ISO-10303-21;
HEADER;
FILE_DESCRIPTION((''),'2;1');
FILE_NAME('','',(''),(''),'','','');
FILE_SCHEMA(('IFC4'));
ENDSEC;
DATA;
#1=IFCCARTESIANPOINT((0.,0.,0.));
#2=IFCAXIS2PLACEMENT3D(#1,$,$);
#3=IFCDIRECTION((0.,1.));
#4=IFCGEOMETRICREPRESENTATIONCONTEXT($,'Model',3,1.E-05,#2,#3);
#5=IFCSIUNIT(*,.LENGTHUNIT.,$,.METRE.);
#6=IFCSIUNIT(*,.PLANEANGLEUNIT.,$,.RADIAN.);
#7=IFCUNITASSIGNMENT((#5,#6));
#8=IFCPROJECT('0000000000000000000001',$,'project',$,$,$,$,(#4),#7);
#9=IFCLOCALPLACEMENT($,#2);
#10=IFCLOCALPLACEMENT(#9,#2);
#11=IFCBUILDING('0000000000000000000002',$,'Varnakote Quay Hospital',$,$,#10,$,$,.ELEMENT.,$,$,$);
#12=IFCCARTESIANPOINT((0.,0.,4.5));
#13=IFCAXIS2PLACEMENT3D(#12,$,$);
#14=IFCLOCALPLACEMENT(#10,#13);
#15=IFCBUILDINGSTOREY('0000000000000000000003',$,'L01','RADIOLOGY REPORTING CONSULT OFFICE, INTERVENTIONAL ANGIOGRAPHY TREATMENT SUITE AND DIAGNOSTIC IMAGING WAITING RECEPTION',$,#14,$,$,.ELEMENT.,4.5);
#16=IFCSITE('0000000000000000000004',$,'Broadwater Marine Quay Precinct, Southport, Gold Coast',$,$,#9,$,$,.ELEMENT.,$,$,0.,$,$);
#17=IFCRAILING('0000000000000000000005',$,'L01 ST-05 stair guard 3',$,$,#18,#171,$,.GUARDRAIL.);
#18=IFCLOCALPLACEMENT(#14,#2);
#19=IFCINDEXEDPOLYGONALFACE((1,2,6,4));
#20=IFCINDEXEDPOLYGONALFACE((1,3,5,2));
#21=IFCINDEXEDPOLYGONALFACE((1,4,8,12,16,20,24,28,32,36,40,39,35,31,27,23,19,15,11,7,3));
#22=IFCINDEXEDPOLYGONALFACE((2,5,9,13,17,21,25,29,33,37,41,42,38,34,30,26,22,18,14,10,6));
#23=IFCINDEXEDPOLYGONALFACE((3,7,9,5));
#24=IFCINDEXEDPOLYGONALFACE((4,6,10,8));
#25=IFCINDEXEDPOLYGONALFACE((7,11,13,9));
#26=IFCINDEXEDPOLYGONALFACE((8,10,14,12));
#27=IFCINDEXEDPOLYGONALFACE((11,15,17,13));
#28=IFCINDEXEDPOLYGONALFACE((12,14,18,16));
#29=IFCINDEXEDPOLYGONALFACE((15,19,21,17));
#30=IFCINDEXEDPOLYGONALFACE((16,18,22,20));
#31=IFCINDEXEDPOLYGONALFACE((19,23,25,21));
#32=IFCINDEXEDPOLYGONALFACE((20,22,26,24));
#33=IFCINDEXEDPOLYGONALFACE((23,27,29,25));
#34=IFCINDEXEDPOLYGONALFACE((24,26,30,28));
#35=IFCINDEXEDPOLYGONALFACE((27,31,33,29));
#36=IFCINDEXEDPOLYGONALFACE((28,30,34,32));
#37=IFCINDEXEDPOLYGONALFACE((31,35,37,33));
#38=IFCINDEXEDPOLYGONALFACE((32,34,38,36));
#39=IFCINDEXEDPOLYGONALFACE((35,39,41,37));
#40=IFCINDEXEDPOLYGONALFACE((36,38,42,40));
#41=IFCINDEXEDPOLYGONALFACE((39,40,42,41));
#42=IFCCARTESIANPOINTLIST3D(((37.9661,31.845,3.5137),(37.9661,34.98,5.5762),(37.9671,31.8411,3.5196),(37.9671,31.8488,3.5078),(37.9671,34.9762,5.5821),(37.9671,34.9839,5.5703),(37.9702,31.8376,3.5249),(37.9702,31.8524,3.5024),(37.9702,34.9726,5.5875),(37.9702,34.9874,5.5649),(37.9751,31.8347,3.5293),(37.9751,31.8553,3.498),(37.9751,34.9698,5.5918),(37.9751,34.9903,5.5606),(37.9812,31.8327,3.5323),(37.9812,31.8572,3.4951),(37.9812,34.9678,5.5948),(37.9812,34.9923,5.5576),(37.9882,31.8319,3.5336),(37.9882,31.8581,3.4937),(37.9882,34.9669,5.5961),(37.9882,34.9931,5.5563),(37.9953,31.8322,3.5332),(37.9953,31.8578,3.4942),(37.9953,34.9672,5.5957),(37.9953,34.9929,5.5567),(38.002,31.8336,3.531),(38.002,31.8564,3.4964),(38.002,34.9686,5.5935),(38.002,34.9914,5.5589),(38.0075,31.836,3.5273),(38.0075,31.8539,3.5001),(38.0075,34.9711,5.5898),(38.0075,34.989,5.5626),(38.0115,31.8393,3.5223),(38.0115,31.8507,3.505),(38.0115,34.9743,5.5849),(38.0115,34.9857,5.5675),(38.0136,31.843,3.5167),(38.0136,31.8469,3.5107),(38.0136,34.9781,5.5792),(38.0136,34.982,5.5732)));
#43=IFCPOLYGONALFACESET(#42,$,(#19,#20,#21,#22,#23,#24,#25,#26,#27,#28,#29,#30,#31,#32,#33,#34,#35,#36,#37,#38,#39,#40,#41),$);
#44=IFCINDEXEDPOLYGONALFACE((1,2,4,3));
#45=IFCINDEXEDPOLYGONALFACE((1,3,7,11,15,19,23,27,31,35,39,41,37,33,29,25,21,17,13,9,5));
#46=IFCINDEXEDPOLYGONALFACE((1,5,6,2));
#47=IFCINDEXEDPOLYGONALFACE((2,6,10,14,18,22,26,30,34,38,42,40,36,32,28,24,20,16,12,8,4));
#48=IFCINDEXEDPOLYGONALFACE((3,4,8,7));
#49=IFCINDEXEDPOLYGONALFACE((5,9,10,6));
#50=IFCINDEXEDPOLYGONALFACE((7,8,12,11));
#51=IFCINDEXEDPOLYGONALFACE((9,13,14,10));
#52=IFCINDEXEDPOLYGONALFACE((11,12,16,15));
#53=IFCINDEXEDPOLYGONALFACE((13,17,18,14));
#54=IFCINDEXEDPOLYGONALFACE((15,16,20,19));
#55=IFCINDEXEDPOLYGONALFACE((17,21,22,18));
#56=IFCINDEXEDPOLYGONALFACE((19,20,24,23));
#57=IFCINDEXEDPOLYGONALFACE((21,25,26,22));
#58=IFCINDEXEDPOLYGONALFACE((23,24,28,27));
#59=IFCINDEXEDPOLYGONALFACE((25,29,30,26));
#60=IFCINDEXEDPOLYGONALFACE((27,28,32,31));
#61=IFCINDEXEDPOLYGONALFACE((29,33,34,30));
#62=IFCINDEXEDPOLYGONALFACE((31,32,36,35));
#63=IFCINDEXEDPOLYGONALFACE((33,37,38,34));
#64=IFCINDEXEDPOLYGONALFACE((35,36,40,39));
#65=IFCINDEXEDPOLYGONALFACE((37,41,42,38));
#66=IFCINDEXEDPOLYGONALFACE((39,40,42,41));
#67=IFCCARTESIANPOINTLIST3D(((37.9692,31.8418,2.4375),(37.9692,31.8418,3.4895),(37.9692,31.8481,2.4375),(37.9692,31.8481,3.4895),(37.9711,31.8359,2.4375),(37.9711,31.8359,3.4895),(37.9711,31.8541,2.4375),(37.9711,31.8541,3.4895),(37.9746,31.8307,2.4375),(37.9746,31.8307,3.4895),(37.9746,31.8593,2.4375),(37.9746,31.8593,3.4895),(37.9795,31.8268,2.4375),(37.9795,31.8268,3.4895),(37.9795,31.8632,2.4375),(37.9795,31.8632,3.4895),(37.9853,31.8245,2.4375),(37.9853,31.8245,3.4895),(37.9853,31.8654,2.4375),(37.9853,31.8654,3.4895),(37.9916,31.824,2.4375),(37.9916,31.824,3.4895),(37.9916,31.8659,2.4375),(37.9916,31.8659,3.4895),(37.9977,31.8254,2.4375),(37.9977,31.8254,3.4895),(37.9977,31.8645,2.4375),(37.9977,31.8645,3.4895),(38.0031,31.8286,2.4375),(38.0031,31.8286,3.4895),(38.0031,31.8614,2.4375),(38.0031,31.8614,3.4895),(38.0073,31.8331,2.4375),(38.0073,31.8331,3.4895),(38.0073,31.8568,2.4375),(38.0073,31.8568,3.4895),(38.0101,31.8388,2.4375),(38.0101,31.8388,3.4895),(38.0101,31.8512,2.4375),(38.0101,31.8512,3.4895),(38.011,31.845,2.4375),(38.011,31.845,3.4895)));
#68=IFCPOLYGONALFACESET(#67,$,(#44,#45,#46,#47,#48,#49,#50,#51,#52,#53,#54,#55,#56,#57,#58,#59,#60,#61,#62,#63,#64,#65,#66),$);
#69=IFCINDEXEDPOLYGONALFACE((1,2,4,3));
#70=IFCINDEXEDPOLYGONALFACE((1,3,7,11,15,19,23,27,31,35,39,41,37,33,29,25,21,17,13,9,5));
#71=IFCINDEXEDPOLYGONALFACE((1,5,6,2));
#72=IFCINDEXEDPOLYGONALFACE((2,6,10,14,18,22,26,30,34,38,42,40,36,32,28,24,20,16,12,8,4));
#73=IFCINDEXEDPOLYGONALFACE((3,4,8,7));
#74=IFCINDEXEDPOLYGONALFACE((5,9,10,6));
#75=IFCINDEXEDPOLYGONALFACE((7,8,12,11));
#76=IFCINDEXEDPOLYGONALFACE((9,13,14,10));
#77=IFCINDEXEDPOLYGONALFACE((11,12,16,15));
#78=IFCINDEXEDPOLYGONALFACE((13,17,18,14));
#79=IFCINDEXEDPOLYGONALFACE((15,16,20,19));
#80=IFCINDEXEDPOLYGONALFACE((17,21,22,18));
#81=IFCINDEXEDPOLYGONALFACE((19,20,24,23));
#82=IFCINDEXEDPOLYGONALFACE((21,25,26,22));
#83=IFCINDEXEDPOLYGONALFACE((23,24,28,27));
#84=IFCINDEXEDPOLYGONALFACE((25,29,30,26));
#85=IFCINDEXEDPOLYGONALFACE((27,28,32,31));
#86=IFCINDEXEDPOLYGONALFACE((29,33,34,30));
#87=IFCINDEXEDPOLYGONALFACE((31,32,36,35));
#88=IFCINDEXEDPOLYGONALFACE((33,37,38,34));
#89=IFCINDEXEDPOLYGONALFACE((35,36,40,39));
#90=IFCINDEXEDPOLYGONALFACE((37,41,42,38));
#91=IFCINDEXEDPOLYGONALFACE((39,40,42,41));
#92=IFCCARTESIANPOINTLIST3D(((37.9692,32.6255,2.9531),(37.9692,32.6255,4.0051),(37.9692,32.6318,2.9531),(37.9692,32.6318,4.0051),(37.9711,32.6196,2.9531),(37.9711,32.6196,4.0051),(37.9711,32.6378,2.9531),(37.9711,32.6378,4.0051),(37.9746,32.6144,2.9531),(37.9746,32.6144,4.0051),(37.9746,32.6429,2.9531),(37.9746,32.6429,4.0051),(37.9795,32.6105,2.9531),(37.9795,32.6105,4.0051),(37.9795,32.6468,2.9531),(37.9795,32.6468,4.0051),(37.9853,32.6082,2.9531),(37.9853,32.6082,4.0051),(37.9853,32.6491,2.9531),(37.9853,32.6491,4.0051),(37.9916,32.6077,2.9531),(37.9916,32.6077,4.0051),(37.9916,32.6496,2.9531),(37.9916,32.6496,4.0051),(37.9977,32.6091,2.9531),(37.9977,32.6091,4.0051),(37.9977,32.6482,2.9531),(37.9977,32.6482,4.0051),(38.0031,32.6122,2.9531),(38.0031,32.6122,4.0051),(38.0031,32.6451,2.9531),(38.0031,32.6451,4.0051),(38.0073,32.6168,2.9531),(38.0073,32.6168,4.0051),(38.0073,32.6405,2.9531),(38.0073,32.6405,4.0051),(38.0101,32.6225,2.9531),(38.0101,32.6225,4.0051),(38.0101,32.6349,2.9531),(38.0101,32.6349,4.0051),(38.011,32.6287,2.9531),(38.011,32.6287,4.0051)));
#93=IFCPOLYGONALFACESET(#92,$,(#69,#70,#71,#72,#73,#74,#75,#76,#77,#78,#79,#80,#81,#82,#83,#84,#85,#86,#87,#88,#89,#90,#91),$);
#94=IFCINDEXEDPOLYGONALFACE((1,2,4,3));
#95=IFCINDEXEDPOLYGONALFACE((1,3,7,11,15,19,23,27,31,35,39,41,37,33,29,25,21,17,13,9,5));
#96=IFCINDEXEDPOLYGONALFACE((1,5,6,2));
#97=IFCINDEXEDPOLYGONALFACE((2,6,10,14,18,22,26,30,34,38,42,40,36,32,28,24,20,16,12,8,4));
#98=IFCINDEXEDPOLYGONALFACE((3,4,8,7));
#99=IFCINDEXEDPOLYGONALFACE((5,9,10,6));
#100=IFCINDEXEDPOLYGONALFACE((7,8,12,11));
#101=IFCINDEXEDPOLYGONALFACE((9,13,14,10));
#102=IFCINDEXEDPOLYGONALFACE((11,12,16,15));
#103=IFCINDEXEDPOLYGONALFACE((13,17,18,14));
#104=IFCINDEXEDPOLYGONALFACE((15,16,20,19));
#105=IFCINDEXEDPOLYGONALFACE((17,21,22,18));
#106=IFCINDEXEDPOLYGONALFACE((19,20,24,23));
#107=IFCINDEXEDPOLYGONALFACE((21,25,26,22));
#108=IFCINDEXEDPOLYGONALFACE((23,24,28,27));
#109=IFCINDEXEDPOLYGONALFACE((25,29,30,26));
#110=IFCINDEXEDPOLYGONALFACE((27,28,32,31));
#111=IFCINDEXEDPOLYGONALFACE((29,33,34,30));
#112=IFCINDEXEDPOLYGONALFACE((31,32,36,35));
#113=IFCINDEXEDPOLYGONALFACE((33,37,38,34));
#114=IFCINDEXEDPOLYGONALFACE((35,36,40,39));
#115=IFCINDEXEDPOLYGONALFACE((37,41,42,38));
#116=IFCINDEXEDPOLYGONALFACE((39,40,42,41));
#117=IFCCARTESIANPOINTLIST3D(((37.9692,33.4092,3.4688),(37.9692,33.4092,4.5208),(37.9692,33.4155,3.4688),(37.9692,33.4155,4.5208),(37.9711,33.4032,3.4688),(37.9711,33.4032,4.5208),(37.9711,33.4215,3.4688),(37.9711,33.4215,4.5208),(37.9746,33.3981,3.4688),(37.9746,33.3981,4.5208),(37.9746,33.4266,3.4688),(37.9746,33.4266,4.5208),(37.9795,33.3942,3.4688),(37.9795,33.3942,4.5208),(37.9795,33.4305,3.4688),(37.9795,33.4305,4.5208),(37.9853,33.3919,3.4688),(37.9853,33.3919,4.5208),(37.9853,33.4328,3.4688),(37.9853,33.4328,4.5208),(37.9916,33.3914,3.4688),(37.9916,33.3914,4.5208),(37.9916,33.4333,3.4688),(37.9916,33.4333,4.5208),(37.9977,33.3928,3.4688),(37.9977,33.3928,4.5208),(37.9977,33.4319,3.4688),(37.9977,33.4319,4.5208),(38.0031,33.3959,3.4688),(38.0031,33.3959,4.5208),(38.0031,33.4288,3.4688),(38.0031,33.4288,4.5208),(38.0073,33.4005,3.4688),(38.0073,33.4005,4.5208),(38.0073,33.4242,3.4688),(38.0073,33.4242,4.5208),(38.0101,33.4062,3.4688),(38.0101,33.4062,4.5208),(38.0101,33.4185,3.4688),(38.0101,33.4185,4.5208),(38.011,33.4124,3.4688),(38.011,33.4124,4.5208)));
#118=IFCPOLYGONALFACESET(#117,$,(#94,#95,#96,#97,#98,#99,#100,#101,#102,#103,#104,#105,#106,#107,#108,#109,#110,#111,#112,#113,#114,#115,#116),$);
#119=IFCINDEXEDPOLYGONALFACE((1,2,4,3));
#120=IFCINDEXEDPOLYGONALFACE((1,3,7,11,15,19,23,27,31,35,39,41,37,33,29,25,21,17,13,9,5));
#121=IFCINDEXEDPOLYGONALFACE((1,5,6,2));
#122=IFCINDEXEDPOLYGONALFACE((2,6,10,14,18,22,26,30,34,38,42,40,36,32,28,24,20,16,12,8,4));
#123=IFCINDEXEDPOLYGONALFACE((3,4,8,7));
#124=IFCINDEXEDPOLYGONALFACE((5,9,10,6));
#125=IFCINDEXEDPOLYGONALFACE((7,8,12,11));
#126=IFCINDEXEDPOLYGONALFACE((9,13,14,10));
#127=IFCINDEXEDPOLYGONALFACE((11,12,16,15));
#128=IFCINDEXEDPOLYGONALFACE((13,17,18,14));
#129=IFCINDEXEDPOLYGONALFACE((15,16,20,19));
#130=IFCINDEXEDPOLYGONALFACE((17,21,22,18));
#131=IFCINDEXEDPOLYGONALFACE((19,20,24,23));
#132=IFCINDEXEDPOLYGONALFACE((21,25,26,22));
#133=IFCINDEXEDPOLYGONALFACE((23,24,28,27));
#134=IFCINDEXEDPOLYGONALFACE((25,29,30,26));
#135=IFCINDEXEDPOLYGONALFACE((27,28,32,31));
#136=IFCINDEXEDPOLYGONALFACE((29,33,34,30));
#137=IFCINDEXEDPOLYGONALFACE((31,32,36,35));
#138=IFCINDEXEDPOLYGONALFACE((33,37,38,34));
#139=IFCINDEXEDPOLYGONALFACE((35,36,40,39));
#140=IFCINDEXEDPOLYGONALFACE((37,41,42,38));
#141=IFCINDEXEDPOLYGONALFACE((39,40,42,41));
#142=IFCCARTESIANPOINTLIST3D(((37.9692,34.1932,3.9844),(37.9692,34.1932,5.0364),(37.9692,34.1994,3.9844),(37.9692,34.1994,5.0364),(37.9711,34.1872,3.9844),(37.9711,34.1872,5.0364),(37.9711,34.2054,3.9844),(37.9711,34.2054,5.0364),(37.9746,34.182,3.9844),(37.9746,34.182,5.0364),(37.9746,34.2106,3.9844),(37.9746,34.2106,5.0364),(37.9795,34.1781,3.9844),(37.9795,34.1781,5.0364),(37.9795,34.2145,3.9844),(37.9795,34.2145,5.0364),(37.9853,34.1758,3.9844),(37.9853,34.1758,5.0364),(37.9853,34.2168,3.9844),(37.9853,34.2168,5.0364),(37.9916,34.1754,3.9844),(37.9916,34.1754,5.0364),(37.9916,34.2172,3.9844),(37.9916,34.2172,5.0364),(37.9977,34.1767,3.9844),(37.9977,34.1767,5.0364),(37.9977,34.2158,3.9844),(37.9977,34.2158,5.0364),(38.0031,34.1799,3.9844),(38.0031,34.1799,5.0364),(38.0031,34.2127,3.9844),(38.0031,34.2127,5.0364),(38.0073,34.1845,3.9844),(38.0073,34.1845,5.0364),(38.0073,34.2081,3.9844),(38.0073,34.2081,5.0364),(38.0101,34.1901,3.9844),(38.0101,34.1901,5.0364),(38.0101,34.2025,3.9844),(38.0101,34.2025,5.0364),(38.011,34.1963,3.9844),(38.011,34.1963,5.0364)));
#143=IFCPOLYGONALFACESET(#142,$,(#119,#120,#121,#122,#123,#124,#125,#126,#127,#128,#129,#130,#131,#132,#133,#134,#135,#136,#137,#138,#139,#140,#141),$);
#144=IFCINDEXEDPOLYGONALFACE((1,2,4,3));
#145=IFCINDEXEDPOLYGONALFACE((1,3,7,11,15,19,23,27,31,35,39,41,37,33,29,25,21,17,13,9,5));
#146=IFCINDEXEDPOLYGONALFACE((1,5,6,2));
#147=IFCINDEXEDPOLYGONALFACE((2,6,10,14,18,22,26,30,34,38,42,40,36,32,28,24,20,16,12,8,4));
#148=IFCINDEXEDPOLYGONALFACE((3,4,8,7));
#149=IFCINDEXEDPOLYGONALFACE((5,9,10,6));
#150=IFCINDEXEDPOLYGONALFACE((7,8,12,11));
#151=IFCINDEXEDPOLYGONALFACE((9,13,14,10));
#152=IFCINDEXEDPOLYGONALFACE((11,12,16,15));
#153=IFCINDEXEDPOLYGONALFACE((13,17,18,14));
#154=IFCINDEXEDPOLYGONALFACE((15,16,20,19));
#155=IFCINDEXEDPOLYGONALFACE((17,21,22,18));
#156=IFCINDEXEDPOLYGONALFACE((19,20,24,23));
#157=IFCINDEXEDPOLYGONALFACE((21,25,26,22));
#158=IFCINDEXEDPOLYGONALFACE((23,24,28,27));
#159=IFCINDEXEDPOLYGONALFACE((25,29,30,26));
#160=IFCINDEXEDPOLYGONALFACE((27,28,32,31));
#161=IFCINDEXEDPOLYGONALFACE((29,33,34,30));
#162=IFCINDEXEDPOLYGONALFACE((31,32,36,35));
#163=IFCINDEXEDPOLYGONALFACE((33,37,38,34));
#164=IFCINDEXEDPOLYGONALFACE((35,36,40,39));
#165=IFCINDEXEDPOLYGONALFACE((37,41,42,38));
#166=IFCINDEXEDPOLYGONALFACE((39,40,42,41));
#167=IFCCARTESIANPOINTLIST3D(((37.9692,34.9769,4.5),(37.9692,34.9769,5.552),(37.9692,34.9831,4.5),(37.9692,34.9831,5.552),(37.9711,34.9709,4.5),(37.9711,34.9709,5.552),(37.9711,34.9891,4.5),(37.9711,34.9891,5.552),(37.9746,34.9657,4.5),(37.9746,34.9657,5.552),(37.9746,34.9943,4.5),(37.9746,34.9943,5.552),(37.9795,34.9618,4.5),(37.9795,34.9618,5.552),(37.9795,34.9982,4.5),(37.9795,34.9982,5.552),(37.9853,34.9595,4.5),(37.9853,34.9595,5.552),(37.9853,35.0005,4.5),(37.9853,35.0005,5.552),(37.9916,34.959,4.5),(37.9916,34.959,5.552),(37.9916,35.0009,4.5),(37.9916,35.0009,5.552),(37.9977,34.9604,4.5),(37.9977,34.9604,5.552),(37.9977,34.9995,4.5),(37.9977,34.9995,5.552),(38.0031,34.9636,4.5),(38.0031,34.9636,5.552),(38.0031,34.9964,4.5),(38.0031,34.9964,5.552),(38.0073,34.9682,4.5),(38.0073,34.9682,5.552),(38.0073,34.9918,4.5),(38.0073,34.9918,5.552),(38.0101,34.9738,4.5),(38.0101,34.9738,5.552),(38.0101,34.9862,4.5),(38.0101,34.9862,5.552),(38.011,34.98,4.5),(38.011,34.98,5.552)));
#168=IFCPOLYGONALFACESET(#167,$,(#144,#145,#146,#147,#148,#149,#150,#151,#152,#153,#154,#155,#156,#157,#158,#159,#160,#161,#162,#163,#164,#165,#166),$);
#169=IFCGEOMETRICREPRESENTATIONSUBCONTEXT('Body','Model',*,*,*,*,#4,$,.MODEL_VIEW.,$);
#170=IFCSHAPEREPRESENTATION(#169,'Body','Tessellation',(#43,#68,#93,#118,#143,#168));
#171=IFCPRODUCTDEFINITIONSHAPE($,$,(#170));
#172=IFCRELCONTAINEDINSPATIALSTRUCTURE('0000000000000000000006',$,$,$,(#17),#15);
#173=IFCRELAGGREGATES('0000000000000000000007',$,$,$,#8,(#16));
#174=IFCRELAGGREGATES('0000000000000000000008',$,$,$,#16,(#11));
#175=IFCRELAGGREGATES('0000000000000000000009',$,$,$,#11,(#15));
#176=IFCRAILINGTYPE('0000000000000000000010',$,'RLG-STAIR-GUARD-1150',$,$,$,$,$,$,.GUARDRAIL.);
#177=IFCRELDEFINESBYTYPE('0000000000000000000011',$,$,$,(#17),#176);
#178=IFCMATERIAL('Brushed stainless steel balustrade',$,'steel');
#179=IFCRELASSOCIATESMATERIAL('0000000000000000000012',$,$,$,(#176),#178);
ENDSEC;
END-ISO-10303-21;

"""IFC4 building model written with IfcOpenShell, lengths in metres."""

from ifc_helpers import new_model, si_unit, direction, frame, origin, origin_2d, place, context, subcontext, project, spatial, circle, extrude, material, type_object, element, save


model = new_model("IFC4")

# Units and contexts
model_context = context("Model", 3, precision=1e-05, world=origin(), true_north=direction((0.0, 1.0)))
body_context = subcontext(model_context, "Body", "Model", "MODEL_VIEW")
ifc_project = project(units=[si_unit("LENGTHUNIT", "METRE"), si_unit("PLANEANGLEUNIT", "RADIAN")], contexts=[model_context])

# Site, building, storey
site_placement = place(None, origin())
site = spatial("IfcSite", under=ifc_project, at=site_placement, Name="Broadwater Marine Quay Precinct, Southport, Gold Coast", CompositionType="ELEMENT", RefElevation=0.0)
building_placement = place(site_placement, origin())
building = spatial("IfcBuilding", under=site, at=building_placement, Name="Varnakote Quay Hospital", CompositionType="ELEMENT")
storey_placement = place(building_placement, frame((0.0, 0.0, 4.5)))
storey = spatial("IfcBuildingStorey", under=building, at=storey_placement, Name="L01", Description="RADIOLOGY REPORTING CONSULT OFFICE, INTERVENTIONAL ANGIOGRAPHY TREATMENT SUITE AND DIAGNOSTIC IMAGING WAITING RECEPTION", CompositionType="ELEMENT", Elevation=4.5)

# Railing
ifc_material_1 = material(Name="Brushed stainless steel balustrade", Category="steel")
railing_type_1 = type_object("IfcRailingType", Name="RLG-STAIR-GUARD-1150", PredefinedType="GUARDRAIL", material=ifc_material_1)
railing_1_placement = place(storey_placement, frame((37.99, 31.845, 2.4375)))
element("IfcRailing", 1, at=railing_1_placement, inside=storey, type_object=railing_type_1, Name="L01 ST-05 stair guard 3", PredefinedType="GUARDRAIL", context=body_context, shape_type="SweptSolid", body=[
    extrude(circle(Radius=0.0239, at=origin_2d()), frame((0.0, 0.0, 1.0762), z_axis=(0.0, 0.835418, 0.549615), x_axis=(-1.0, 0.0, 0.0)), (0.0, 0.0, 1.0), 3.7527),
    extrude(circle(Radius=0.021, at=origin_2d()), origin(), (0.0, 0.0, 1.0), 1.052),
    extrude(circle(Radius=0.021, at=origin_2d()), frame((0.0, 0.7837, 0.5156)), (0.0, 0.0, 1.0), 1.052),
    extrude(circle(Radius=0.021, at=origin_2d()), frame((0.0, 1.5674, 1.0312)), (0.0, 0.0, 1.0), 1.052),
    extrude(circle(Radius=0.021, at=origin_2d()), frame((0.0, 2.3513, 1.5469)), (0.0, 0.0, 1.0), 1.052),
    extrude(circle(Radius=0.021, at=origin_2d()), frame((0.0, 3.135, 2.0625)), (0.0, 0.0, 1.0), 1.052),
])

save(model, "model.ifc")
